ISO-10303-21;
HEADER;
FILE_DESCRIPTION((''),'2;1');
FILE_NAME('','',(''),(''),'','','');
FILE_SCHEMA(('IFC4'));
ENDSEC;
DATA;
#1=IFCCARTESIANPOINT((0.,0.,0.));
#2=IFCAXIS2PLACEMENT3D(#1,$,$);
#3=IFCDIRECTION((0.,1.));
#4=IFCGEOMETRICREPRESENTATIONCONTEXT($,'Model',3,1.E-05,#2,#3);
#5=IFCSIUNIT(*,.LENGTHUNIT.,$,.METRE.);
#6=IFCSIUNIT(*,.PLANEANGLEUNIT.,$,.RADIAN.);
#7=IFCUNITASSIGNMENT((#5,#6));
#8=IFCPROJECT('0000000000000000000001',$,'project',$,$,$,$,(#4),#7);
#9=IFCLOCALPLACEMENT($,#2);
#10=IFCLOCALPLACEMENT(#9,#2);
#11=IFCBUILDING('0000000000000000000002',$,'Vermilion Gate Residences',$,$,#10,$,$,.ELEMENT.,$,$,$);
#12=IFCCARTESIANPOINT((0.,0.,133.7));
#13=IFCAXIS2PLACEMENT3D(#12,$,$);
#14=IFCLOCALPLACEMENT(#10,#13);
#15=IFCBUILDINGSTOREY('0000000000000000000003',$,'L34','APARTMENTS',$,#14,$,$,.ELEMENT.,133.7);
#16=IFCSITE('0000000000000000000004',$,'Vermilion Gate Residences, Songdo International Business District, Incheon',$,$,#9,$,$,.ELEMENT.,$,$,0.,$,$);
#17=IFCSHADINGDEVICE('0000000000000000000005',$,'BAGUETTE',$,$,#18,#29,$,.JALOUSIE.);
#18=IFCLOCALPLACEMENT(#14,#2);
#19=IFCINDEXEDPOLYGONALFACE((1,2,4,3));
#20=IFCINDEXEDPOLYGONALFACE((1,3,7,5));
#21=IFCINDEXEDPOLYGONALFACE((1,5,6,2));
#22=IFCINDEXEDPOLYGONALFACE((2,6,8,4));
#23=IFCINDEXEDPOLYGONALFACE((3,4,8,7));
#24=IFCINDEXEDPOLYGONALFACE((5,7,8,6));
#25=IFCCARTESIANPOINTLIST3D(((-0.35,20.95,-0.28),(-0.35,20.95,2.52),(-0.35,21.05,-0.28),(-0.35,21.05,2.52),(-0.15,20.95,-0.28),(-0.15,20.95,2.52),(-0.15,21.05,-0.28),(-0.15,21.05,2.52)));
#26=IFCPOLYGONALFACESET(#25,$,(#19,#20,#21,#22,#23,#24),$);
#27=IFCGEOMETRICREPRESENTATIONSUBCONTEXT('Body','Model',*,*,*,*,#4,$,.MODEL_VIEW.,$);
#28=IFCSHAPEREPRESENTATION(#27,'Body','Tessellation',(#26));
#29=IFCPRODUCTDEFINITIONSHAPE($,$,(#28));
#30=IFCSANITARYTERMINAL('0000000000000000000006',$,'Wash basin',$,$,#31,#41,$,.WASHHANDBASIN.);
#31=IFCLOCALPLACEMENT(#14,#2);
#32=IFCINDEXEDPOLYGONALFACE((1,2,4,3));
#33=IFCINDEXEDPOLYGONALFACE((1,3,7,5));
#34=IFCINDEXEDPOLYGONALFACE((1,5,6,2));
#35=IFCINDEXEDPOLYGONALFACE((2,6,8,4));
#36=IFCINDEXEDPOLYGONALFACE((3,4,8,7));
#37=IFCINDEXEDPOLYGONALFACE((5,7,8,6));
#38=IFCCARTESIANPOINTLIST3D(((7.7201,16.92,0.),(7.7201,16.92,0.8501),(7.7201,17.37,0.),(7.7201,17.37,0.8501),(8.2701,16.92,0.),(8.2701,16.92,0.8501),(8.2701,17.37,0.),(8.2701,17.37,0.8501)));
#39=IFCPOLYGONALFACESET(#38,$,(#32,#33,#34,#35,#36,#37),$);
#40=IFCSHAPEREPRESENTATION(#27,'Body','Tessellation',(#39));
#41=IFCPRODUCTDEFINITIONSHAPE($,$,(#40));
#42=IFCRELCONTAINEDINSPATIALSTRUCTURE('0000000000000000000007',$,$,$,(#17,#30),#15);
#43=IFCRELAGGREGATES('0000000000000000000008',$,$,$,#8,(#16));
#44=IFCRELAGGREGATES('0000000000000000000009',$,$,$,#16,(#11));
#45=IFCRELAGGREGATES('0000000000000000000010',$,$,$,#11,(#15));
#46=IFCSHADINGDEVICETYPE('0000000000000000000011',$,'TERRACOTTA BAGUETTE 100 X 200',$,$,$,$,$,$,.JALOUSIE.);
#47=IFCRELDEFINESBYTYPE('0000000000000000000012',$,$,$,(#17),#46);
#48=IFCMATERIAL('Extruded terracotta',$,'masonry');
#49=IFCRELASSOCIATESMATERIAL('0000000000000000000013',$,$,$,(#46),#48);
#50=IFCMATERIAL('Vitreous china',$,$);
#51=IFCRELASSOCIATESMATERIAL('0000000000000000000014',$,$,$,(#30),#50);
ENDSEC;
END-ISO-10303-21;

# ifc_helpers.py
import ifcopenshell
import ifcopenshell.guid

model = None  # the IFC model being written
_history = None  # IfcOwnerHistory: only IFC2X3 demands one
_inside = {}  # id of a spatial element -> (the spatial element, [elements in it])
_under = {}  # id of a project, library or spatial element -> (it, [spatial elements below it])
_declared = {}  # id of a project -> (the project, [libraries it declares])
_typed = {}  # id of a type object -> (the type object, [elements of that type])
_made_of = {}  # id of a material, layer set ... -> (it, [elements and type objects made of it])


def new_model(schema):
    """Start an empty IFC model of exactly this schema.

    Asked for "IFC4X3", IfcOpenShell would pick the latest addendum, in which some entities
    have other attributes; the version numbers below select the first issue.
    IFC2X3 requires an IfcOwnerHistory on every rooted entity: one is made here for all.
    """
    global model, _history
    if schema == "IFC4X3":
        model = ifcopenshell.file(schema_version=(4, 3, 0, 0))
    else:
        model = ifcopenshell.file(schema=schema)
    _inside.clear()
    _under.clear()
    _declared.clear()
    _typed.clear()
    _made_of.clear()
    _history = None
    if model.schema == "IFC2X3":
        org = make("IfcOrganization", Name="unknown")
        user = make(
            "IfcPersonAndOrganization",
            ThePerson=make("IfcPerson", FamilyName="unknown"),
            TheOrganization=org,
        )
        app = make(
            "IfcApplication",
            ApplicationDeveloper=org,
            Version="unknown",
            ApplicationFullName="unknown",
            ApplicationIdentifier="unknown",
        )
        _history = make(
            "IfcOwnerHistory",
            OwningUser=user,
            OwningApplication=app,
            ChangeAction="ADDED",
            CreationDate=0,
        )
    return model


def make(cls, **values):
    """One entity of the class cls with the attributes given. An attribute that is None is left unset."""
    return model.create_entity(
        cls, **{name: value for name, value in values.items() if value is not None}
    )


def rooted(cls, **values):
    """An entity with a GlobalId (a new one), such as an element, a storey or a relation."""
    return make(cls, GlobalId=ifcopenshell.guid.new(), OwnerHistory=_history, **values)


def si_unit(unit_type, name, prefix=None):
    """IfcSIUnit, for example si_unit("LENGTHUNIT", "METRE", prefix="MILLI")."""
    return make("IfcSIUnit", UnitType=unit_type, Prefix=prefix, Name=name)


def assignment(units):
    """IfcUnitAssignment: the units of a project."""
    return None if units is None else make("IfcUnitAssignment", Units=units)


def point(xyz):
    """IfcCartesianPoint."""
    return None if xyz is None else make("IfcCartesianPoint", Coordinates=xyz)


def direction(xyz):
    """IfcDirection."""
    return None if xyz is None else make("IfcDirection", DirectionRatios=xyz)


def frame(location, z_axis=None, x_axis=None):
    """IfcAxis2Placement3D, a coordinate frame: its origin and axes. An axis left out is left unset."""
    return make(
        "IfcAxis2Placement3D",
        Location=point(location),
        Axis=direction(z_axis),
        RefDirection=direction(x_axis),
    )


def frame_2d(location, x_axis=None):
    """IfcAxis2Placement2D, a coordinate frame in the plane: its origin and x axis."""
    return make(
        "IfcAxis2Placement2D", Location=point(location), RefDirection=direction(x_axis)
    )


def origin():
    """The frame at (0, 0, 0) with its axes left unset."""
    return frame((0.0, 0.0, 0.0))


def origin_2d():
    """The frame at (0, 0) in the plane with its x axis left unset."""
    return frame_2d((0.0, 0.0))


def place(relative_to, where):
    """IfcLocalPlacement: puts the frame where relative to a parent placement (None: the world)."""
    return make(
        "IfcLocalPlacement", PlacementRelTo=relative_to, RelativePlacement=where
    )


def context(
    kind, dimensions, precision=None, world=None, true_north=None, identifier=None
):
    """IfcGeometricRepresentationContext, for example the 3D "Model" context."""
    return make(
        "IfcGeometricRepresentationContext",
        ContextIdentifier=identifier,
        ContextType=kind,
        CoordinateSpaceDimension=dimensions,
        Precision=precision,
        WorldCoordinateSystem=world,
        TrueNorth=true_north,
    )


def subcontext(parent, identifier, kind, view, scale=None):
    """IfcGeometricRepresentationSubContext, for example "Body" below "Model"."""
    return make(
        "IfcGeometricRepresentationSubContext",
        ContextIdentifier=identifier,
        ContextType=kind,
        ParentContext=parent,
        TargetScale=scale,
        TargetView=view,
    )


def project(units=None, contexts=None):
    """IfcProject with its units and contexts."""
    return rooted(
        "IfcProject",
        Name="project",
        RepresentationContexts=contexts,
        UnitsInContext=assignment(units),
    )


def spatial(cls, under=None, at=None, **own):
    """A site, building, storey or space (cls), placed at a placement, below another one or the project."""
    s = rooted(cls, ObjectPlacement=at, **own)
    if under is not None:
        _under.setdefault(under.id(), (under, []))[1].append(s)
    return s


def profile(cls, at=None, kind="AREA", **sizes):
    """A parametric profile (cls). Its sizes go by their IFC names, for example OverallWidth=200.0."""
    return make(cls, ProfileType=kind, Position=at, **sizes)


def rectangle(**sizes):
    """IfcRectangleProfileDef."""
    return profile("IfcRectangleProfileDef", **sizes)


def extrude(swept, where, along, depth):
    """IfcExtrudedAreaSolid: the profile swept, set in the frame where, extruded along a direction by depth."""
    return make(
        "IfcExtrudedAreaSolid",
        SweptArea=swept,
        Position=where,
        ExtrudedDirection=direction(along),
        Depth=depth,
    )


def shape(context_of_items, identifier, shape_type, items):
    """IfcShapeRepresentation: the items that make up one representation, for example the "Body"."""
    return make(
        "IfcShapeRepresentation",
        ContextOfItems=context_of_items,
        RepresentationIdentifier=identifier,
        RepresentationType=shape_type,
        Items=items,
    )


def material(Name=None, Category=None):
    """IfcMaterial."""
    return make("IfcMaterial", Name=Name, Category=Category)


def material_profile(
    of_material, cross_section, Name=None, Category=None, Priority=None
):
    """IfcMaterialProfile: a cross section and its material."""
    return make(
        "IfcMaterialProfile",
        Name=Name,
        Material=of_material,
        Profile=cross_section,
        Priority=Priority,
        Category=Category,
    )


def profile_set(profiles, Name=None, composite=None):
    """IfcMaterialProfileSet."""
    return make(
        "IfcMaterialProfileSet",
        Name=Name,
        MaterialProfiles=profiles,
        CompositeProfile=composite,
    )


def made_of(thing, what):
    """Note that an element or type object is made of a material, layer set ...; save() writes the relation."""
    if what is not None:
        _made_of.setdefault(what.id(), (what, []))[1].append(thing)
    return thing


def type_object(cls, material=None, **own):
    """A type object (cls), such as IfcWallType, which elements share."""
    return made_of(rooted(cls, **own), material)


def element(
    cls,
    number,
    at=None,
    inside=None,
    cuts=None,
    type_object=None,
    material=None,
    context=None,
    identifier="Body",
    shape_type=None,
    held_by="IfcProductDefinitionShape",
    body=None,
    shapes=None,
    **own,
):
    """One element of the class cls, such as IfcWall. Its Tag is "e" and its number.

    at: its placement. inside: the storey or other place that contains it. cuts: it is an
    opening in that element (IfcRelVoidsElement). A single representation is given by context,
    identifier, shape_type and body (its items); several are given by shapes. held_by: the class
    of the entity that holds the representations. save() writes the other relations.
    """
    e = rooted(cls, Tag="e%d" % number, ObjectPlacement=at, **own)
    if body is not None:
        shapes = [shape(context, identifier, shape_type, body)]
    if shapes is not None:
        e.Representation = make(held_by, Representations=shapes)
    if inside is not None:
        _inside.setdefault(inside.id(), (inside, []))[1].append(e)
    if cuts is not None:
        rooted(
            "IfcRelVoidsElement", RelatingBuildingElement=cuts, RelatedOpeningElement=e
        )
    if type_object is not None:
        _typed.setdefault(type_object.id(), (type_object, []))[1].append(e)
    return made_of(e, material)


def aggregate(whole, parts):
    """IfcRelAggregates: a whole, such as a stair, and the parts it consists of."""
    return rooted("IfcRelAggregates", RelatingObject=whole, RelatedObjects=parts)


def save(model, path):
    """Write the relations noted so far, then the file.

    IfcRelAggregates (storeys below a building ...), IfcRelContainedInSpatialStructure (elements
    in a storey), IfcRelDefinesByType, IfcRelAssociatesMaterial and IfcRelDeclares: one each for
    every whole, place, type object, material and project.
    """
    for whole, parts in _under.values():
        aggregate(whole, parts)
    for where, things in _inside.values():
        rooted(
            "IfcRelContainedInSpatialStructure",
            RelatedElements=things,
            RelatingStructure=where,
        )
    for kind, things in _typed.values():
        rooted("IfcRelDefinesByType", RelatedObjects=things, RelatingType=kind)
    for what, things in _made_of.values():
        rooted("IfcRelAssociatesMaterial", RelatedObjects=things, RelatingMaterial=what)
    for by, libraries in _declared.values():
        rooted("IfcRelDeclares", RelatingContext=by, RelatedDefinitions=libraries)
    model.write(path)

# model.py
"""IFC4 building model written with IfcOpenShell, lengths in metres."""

from ifc_helpers import new_model, si_unit, direction, frame, origin, origin_2d, place, context, subcontext, project, spatial, rectangle, extrude, material, material_profile, profile_set, type_object, element, save


model = new_model("IFC4")

# Units and contexts
model_context = context("Model", 3, precision=1e-05, world=origin(), true_north=direction((0.0, 1.0)))
body_context = subcontext(model_context, "Body", "Model", "MODEL_VIEW")
ifc_project = project(units=[si_unit("LENGTHUNIT", "METRE"), si_unit("PLANEANGLEUNIT", "RADIAN")], contexts=[model_context])

# Site, building, storey
site_placement = place(None, origin())
site = spatial("IfcSite", under=ifc_project, at=site_placement, Name="Vermilion Gate Residences, Songdo International Business District, Incheon", CompositionType="ELEMENT", RefElevation=0.0)
building_placement = place(site_placement, origin())
building = spatial("IfcBuilding", under=site, at=building_placement, Name="Vermilion Gate Residences", CompositionType="ELEMENT")
storey_placement = place(building_placement, frame((0.0, 0.0, 133.7)))
storey = spatial("IfcBuildingStorey", under=building, at=storey_placement, Name="L34", Description="APARTMENTS", CompositionType="ELEMENT", Elevation=133.7)

# Shading device
ifc_material_1 = material(Name="Extruded terracotta", Category="masonry")
ifc_material_profile_1 = material_profile(ifc_material_1, rectangle(XDim=0.2, YDim=0.1001, at=origin_2d()), Name="BAGUETTE 100 X 200")
ifc_profile_set_1 = profile_set([ifc_material_profile_1], Name="Extruded terracotta")
shading_device_type_1 = type_object("IfcShadingDeviceType", Name="TERRACOTTA BAGUETTE 100 X 200", PredefinedType="JALOUSIE", material=ifc_profile_set_1)
shading_device_1_placement = place(storey_placement, frame((-0.25, 21.0, -0.28), z_axis=(0.0, 0.0, 1.0), x_axis=(1.0, 0.0, 0.0)))
element("IfcShadingDevice", 1, at=shading_device_1_placement, inside=storey, type_object=shading_device_type_1, Name="BAGUETTE", PredefinedType="JALOUSIE", context=body_context, shape_type="SweptSolid", body=[
    extrude(rectangle(XDim=0.2, YDim=0.1001, at=origin_2d()), origin(), (0.0, 0.0, 1.0), 2.8),
])

# Sanitary terminal
ifc_material_2 = material(Name="Vitreous china")
sanitary_terminal_placement = place(storey_placement, frame((7.9951, 17.145, 0.0), z_axis=(0.0, 0.0, 1.0), x_axis=(1.0, 0.0, 0.0)))
element("IfcSanitaryTerminal", 2, at=sanitary_terminal_placement, inside=storey, material=ifc_material_2, Name="Wash basin", PredefinedType="WASHHANDBASIN", context=body_context, shape_type="SweptSolid", body=[
    extrude(rectangle(XDim=0.55, YDim=0.45, at=origin_2d()), origin(), (0.0, 0.0, 1.0), 0.8501),
])

save(model, "model.ifc")
